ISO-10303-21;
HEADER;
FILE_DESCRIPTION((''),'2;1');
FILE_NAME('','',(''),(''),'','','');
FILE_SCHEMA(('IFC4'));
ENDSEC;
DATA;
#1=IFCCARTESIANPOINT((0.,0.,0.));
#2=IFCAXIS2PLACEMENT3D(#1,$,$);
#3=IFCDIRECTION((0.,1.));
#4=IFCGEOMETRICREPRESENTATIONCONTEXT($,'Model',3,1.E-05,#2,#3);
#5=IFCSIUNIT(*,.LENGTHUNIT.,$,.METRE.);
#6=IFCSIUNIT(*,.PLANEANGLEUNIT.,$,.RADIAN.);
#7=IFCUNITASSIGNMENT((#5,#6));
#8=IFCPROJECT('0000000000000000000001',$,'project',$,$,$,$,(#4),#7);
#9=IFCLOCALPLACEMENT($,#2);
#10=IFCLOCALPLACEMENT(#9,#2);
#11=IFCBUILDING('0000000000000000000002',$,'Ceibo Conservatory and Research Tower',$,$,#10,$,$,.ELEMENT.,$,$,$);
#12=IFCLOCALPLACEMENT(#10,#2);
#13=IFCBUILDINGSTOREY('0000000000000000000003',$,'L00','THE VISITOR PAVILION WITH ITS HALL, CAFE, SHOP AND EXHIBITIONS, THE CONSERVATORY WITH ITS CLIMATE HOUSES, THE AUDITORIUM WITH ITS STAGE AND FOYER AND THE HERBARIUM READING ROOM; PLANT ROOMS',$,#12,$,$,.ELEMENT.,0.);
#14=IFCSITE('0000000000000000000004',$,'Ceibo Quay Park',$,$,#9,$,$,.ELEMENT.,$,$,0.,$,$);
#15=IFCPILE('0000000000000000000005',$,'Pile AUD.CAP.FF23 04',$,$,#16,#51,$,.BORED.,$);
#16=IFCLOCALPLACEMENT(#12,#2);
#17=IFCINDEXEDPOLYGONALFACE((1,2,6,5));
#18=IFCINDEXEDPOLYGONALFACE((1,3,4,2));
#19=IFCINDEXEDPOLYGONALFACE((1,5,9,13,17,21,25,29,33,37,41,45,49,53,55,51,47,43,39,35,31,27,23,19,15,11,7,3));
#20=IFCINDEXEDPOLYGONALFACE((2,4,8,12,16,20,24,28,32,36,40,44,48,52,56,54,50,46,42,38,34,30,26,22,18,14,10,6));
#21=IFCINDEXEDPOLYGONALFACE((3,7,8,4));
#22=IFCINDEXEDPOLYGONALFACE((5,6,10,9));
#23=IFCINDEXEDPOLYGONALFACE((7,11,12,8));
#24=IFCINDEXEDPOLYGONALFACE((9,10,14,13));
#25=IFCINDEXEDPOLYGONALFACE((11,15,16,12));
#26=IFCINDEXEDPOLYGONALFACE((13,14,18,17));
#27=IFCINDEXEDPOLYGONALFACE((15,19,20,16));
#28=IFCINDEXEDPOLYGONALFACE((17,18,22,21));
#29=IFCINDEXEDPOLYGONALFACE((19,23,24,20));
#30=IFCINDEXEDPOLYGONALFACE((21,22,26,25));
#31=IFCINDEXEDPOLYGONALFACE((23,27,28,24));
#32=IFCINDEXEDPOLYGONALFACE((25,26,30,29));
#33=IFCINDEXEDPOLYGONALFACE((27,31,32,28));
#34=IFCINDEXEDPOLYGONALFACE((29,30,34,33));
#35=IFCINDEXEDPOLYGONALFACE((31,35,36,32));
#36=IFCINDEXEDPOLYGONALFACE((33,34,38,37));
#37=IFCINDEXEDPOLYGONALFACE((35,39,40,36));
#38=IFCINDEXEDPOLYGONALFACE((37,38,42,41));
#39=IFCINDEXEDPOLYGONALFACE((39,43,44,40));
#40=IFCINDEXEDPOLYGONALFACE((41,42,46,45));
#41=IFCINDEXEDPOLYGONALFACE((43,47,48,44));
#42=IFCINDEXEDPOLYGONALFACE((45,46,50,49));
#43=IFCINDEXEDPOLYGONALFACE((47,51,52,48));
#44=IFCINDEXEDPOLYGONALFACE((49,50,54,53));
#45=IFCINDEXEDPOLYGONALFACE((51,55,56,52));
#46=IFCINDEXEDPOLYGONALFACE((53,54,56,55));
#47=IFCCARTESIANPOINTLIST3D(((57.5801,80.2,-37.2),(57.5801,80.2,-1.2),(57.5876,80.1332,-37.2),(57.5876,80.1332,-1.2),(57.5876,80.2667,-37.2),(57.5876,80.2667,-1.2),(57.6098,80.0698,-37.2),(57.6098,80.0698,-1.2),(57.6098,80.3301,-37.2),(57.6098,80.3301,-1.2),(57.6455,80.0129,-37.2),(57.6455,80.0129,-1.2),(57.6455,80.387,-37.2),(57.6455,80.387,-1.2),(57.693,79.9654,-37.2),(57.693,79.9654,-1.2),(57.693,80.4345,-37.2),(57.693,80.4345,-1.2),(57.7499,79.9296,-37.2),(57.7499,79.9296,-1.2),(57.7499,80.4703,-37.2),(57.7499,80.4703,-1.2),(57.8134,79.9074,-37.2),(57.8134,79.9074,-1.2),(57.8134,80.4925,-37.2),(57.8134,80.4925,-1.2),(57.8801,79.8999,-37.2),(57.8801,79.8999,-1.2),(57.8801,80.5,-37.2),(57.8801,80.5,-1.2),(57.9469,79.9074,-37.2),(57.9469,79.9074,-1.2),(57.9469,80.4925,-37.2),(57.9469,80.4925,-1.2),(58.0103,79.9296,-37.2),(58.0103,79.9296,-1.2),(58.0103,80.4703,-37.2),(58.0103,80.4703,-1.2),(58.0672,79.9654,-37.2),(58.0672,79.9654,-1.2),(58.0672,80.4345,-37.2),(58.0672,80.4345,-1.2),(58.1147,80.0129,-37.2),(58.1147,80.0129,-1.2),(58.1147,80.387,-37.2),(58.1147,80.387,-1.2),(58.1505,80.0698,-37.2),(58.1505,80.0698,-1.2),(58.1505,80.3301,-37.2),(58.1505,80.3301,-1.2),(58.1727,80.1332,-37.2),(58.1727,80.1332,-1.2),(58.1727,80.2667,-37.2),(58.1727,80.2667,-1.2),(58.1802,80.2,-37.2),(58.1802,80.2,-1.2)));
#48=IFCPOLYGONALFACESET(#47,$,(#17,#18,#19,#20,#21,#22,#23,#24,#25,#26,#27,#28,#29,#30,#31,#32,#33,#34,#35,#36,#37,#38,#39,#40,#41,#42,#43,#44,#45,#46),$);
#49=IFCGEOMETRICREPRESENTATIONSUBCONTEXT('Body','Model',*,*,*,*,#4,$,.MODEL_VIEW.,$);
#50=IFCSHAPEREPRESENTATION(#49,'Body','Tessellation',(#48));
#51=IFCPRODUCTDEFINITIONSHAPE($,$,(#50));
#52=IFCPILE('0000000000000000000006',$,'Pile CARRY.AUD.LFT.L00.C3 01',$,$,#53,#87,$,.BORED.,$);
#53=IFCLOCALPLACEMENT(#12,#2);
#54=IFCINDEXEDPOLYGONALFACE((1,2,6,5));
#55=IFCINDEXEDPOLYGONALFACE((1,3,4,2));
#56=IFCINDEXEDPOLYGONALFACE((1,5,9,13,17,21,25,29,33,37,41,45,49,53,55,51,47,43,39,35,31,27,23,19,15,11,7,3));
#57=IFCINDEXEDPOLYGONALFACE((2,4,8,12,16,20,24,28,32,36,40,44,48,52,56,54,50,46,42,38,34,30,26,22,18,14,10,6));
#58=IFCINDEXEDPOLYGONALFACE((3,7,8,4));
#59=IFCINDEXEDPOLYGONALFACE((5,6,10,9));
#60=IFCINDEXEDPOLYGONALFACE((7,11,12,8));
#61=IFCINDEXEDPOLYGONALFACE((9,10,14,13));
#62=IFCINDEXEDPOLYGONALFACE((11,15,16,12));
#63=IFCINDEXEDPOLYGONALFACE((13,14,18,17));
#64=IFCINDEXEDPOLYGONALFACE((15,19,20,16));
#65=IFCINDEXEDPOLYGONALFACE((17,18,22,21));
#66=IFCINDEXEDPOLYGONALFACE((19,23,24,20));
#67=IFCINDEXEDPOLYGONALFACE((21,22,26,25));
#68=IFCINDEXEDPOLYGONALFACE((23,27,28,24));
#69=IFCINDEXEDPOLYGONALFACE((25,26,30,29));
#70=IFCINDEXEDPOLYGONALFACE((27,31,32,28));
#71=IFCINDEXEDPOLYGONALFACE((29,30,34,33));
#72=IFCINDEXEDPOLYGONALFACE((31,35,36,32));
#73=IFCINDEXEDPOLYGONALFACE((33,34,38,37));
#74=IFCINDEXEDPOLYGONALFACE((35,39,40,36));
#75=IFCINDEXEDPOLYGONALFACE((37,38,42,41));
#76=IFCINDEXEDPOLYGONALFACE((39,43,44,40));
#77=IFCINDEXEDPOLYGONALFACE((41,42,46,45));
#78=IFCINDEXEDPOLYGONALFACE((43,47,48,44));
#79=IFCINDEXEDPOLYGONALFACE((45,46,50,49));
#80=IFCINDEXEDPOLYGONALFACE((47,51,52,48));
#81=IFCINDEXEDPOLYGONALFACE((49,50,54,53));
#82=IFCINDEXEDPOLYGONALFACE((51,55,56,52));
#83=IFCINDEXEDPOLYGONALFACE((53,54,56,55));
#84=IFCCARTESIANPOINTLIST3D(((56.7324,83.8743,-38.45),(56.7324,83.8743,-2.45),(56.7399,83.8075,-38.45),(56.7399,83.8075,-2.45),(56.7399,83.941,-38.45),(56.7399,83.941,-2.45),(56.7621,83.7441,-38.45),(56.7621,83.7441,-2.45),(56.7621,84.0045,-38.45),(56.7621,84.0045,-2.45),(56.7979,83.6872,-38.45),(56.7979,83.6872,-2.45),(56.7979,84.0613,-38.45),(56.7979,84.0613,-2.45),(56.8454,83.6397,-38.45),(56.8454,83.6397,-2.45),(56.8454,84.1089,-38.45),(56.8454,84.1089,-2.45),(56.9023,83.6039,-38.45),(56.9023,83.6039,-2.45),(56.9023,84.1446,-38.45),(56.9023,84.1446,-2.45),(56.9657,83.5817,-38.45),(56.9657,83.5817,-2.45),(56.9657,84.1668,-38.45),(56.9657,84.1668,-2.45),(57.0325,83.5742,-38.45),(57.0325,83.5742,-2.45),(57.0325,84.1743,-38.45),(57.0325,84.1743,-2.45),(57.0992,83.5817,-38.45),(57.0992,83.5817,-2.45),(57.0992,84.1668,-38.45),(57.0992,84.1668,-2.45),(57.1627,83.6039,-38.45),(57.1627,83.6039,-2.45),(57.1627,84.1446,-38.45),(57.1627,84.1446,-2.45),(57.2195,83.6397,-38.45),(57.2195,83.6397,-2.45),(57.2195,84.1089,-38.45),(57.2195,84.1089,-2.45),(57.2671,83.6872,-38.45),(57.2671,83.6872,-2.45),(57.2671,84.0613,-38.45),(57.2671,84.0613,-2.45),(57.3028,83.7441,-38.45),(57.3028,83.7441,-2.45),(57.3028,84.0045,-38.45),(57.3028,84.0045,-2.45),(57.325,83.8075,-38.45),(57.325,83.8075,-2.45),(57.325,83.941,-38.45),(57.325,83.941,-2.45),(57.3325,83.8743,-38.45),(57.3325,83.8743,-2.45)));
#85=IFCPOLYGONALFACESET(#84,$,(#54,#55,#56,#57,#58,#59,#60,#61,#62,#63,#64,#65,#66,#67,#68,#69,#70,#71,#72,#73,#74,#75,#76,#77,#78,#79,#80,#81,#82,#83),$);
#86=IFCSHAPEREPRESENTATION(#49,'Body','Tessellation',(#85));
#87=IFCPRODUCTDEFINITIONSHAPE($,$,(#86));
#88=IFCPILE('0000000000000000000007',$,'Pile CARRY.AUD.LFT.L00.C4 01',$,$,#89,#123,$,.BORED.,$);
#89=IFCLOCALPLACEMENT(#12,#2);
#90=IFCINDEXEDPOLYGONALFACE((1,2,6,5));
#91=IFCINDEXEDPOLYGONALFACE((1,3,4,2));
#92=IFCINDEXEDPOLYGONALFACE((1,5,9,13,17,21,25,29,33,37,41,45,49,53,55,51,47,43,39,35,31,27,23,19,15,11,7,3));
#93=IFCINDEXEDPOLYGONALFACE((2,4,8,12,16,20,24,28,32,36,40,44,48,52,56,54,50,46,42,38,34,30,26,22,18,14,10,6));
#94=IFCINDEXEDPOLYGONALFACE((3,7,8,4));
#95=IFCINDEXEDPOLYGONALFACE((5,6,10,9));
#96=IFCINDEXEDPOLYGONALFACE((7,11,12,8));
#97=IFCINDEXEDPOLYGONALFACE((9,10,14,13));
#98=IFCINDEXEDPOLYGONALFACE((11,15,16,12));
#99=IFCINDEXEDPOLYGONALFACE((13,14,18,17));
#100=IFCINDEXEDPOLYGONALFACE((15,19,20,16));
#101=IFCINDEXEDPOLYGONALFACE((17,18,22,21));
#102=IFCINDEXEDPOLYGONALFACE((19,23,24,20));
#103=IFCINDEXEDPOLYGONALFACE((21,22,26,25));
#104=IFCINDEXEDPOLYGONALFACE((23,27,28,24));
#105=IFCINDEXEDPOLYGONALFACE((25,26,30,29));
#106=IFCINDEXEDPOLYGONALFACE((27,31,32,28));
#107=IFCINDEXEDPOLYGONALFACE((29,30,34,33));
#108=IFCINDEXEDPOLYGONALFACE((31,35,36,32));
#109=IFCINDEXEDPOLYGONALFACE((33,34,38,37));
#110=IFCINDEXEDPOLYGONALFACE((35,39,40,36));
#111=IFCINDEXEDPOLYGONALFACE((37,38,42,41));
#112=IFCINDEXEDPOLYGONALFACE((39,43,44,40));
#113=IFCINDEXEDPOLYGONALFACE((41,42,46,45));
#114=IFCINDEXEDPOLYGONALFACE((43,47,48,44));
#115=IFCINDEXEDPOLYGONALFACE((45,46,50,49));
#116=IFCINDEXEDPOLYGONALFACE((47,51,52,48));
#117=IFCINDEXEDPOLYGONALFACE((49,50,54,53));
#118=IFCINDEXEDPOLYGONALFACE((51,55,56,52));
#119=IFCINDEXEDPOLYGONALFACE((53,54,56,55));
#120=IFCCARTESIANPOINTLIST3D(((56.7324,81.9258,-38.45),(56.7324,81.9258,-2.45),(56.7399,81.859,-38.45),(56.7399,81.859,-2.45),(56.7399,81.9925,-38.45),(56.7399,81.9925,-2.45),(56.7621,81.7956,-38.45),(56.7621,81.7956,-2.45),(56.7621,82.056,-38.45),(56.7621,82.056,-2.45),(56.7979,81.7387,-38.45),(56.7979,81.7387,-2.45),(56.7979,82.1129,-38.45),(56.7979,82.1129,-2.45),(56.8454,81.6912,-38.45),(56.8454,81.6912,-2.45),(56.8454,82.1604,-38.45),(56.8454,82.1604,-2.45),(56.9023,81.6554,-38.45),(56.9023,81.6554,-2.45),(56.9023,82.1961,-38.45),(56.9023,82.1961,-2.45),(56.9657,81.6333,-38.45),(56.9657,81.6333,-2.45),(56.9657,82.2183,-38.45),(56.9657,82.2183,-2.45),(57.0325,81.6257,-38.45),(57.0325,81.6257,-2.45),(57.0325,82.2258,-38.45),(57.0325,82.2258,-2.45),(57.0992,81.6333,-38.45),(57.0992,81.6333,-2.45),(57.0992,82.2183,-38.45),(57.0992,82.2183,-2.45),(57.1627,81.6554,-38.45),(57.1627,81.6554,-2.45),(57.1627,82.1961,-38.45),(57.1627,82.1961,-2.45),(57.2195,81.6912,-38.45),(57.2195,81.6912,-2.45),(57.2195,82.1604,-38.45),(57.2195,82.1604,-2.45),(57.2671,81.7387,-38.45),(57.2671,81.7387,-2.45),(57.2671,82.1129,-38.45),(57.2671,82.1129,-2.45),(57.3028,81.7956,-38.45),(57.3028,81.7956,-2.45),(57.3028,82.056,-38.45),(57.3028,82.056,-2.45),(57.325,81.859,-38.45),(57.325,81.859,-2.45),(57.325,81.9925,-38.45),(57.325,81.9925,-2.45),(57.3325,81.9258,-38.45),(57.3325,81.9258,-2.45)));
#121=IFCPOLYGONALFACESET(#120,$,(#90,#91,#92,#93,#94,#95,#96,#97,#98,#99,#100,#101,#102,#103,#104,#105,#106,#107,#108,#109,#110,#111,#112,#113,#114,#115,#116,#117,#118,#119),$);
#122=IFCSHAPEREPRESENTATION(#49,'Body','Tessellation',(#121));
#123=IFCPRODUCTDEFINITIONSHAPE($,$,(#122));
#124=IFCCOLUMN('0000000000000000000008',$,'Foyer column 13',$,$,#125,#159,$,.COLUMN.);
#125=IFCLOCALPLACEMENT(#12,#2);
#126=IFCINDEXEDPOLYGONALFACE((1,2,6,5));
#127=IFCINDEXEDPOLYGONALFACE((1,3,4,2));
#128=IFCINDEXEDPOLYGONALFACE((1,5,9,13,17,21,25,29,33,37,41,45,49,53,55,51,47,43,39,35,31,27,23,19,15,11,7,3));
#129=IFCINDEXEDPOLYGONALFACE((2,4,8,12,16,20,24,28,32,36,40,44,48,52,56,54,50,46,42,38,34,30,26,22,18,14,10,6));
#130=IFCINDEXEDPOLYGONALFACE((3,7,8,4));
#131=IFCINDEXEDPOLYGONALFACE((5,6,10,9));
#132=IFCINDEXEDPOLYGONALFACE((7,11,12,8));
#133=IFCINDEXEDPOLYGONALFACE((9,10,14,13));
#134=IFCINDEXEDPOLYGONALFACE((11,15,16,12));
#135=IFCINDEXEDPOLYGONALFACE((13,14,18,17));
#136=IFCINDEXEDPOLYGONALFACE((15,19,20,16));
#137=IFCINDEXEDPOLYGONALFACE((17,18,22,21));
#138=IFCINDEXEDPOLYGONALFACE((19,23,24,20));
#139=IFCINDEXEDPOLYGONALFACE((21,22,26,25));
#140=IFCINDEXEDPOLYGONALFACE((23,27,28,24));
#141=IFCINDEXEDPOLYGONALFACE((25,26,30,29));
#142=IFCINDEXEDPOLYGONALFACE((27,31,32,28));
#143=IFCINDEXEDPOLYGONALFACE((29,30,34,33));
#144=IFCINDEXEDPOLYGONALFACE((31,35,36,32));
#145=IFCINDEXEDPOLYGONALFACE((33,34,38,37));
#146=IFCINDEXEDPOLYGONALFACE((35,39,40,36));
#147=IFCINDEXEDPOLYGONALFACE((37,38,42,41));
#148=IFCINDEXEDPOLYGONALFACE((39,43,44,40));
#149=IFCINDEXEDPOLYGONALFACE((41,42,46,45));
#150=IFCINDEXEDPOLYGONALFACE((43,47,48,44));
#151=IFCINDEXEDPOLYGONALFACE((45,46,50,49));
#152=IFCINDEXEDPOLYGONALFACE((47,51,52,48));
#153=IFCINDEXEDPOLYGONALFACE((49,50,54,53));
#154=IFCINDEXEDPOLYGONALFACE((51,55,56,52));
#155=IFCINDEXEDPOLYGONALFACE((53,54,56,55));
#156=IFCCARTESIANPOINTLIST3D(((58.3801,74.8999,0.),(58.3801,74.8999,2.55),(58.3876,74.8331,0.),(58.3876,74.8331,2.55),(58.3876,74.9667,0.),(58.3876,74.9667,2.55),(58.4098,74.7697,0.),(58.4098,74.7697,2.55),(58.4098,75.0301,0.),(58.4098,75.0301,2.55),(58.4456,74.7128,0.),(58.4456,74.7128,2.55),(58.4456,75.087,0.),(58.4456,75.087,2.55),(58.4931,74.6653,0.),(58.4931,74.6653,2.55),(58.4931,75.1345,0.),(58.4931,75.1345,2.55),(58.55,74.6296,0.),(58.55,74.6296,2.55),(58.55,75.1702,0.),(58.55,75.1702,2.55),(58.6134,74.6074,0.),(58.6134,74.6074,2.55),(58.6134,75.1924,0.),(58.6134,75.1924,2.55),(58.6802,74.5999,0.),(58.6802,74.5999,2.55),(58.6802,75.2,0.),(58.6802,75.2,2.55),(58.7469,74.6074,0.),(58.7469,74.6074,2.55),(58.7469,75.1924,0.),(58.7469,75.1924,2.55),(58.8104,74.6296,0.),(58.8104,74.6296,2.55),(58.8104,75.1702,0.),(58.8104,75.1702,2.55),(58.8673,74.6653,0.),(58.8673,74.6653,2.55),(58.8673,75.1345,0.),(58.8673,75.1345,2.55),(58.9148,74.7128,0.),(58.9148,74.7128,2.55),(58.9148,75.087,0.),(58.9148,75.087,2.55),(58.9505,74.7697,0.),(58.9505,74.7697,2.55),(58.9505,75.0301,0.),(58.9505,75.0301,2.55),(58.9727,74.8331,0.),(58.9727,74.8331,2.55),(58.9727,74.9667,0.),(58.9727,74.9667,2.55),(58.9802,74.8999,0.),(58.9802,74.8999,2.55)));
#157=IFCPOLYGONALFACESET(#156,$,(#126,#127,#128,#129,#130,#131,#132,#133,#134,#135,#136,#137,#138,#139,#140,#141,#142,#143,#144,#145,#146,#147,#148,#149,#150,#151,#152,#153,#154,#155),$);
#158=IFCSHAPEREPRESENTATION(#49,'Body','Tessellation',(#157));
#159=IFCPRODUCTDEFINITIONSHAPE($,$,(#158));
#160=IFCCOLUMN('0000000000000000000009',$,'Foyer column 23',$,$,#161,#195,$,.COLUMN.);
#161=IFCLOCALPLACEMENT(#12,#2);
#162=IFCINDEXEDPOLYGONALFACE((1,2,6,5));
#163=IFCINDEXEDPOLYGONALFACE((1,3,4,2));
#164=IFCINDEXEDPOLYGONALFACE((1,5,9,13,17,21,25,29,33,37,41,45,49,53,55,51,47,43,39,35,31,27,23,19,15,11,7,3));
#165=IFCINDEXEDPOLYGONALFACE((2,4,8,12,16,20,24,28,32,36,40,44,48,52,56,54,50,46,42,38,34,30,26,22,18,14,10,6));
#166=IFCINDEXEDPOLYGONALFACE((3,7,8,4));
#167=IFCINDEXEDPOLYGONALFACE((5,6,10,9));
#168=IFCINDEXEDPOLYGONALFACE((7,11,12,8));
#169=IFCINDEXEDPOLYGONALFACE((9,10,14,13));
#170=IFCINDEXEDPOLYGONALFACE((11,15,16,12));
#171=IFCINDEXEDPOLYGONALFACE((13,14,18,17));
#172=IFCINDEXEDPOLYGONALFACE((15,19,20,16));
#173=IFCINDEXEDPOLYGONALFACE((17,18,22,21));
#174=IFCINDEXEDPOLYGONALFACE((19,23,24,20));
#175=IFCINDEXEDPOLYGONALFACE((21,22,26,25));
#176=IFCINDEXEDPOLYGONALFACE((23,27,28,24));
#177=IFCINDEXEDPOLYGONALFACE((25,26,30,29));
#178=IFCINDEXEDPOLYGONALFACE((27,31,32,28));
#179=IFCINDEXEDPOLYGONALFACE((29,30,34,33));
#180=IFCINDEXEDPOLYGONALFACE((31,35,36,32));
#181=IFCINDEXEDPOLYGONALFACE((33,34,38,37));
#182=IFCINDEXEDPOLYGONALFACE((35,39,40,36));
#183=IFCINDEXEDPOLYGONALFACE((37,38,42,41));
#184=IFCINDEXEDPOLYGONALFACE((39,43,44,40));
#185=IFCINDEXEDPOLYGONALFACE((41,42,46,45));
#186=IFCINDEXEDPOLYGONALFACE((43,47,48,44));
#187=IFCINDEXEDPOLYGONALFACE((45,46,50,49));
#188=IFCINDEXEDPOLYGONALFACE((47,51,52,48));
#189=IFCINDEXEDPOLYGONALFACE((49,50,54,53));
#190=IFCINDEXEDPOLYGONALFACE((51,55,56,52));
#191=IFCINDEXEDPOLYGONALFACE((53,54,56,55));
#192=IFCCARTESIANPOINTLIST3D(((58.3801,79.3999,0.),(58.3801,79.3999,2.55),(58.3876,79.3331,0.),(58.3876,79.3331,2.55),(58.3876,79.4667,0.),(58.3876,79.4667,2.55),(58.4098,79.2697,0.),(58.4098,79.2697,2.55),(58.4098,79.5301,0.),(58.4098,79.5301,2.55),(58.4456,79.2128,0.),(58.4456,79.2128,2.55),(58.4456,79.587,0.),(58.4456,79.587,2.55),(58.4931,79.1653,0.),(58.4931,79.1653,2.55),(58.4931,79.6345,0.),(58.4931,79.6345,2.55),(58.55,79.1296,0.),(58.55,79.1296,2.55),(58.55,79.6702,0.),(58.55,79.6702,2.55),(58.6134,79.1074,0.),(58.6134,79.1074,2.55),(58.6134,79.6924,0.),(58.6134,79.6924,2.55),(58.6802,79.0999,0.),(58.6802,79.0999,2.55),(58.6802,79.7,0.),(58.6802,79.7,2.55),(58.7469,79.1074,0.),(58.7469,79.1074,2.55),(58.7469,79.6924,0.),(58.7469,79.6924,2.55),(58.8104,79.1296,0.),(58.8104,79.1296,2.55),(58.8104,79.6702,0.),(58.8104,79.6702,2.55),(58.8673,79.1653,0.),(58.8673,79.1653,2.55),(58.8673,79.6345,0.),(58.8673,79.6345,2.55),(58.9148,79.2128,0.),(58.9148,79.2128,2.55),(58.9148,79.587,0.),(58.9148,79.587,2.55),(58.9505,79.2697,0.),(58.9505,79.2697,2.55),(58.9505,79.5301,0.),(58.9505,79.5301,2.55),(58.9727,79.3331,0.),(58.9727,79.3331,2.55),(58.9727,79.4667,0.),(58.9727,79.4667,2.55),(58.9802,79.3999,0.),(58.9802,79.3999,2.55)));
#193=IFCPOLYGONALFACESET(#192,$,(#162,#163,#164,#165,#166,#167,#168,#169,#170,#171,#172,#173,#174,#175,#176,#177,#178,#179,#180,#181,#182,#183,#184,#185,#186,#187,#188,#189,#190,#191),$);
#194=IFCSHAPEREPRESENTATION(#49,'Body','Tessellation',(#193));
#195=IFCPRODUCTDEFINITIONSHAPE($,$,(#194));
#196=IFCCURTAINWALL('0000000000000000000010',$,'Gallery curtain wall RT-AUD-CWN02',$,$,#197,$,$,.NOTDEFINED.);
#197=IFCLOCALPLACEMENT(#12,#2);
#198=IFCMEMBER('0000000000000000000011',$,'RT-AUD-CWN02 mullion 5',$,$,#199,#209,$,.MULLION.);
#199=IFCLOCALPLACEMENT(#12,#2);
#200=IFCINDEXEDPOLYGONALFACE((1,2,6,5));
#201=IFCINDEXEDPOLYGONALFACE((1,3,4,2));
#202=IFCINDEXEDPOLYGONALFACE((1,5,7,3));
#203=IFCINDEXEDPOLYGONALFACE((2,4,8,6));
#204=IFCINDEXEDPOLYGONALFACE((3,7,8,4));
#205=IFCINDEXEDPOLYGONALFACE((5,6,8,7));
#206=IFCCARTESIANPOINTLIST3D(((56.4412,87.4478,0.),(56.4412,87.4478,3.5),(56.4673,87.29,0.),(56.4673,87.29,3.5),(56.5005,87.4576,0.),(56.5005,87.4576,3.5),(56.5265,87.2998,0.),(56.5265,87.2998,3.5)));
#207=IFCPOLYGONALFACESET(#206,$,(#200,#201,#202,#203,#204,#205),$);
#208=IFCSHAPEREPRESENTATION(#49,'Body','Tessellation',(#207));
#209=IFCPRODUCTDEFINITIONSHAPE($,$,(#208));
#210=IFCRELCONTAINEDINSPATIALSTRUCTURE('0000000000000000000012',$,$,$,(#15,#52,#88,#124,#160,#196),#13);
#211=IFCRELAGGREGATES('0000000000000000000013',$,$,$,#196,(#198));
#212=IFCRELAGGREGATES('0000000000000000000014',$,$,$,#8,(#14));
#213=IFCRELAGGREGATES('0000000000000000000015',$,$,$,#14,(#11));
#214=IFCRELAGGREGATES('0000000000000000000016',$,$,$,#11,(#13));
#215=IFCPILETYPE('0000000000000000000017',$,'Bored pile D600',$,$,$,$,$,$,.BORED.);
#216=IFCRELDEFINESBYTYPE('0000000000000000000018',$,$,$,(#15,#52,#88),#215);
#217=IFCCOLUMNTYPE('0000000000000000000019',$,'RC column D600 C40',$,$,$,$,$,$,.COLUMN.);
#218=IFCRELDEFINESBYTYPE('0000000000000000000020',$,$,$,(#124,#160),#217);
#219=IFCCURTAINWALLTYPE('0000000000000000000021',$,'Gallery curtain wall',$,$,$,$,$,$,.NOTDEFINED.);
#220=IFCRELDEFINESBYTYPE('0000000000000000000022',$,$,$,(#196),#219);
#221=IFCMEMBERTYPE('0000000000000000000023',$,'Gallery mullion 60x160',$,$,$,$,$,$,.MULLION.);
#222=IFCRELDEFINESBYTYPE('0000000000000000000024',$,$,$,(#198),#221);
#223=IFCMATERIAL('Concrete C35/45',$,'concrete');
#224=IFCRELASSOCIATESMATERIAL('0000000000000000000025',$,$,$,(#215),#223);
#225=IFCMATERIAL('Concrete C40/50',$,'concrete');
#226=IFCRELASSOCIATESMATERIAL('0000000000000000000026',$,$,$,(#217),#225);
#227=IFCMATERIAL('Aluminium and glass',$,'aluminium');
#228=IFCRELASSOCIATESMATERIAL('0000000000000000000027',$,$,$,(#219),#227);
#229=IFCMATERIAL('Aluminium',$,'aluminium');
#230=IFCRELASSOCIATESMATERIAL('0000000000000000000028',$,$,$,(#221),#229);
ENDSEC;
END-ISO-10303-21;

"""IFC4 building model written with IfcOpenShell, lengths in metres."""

from ifc_helpers import new_model, si_unit, direction, frame, origin, origin_2d, place, context, subcontext, project, spatial, rectangle, circle, extrude, material, material_profile, profile_set, type_object, element, aggregate, save


model = new_model("IFC4")

# Units and contexts
model_context = context("Model", 3, precision=1e-05, world=origin(), true_north=direction((0.0, 1.0)))
body_context = subcontext(model_context, "Body", "Model", "MODEL_VIEW")
ifc_project = project(units=[si_unit("LENGTHUNIT", "METRE"), si_unit("PLANEANGLEUNIT", "RADIAN")], contexts=[model_context])

# Site, building, storey
site_placement = place(None, origin())
site = spatial("IfcSite", under=ifc_project, at=site_placement, Name="Ceibo Quay Park", CompositionType="ELEMENT", RefElevation=0.0)
building_placement = place(site_placement, origin())
building = spatial("IfcBuilding", under=site, at=building_placement, Name="Ceibo Conservatory and Research Tower", CompositionType="ELEMENT")
storey_placement = place(building_placement, origin())
storey = spatial("IfcBuildingStorey", under=building, at=storey_placement, Name="L00", Description="THE VISITOR PAVILION WITH ITS HALL, CAFE, SHOP AND EXHIBITIONS, THE CONSERVATORY WITH ITS CLIMATE HOUSES, THE AUDITORIUM WITH ITS STAGE AND FOYER AND THE HERBARIUM READING ROOM; PLANT ROOMS", CompositionType="ELEMENT", Elevation=0.0)

# Piles
ifc_material_1 = material(Name="Concrete C35/45", Category="concrete")
ifc_material_profile_1 = material_profile(ifc_material_1, circle(Radius=0.3, at=origin_2d()), Name="RC D600")
ifc_profile_set_1 = profile_set([ifc_material_profile_1], Name="Concrete C35/45")
pile_type = type_object("IfcPileType", Name="Bored pile D600", PredefinedType="BORED", material=ifc_profile_set_1)
for number, where, z_axis, x_axis, name in (
    (1, (57.8801, 80.2, -1.2), (0.0, 0.0, -1.0), (1.0, 0.0, 0.0), "Pile AUD.CAP.FF23 04"),
    (2, (57.0325, 83.8743, -2.45), (0.0, 0.0, -1.0), (1.0, 0.0, 0.0), "Pile CARRY.AUD.LFT.L00.C3 01"),
    (3, (57.0325, 81.9258, -2.45), (0.0, 0.0, -1.0), (1.0, 0.0, 0.0), "Pile CARRY.AUD.LFT.L00.C4 01"),
):
    element("IfcPile", number, at=place(storey_placement, frame(where, z_axis=z_axis, x_axis=x_axis)), inside=storey, type_object=pile_type, Name=name, PredefinedType="BORED", context=body_context, shape_type="SweptSolid", body=[
        extrude(circle(Radius=0.3, at=origin_2d()), origin(), (0.0, 0.0, 1.0), 36.0),
    ])

# Columns
ifc_material_2 = material(Name="Concrete C40/50", Category="concrete")
ifc_material_profile_2 = material_profile(ifc_material_2, circle(Radius=0.3, at=origin_2d()), Name="RC D600")
ifc_profile_set_2 = profile_set([ifc_material_profile_2], Name="Concrete C40/50")
column_type = type_object("IfcColumnType", Name="RC column D600 C40", PredefinedType="COLUMN", material=ifc_profile_set_2)
for number, where, z_axis, x_axis, name in (
    (4, (58.6802, 74.8999, 0.0), (0.0, 0.0, 1.0), (1.0, 0.0, 0.0), "Foyer column 13"),
    (5, (58.6802, 79.3999, 0.0), (0.0, 0.0, 1.0), (1.0, 0.0, 0.0), "Foyer column 23"),
):
    element("IfcColumn", number, at=place(storey_placement, frame(where, z_axis=z_axis, x_axis=x_axis)), inside=storey, type_object=column_type, Name=name, PredefinedType="COLUMN", context=body_context, shape_type="SweptSolid", body=[
        extrude(circle(Radius=0.3, at=origin_2d()), origin(), (0.0, 0.0, 1.0), 2.55),
    ])

# Curtain wall, member
ifc_material_3 = material(Name="Aluminium and glass", Category="aluminium")
curtain_wall_type = type_object("IfcCurtainWallType", Name="Gallery curtain wall", PredefinedType="NOTDEFINED", material=ifc_material_3)
curtain_wall_placement = place(storey_placement, origin())
curtain_wall = element("IfcCurtainWall", 6, at=curtain_wall_placement, inside=storey, type_object=curtain_wall_type, Name="Gallery curtain wall RT-AUD-CWN02", PredefinedType="NOTDEFINED")
ifc_material_4 = material(Name="Aluminium", Category="aluminium")
ifc_material_profile_3 = material_profile(ifc_material_4, rectangle(XDim=0.0601, YDim=0.1599, at=origin_2d()), Name="AL 60x160")
ifc_profile_set_3 = profile_set([ifc_material_profile_3], Name="Aluminium")
member_type_1 = type_object("IfcMemberType", Name="Gallery mullion 60x160", PredefinedType="MULLION", material=ifc_profile_set_3)
member_1_placement = place(storey_placement, frame((56.4839, 87.3738, 0.0), z_axis=(0.0, 0.0, 1.0), x_axis=(0.986643, 0.162895, 0.0)))
member_1 = element("IfcMember", 7, at=member_1_placement, type_object=member_type_1, Name="RT-AUD-CWN02 mullion 5", PredefinedType="MULLION", context=body_context, shape_type="SweptSolid", body=[
    extrude(rectangle(XDim=0.0601, YDim=0.1599, at=origin_2d()), origin(), (0.0, 0.0, 1.0), 3.5),
])
aggregate(curtain_wall, [member_1])

save(model, "model.ifc")
